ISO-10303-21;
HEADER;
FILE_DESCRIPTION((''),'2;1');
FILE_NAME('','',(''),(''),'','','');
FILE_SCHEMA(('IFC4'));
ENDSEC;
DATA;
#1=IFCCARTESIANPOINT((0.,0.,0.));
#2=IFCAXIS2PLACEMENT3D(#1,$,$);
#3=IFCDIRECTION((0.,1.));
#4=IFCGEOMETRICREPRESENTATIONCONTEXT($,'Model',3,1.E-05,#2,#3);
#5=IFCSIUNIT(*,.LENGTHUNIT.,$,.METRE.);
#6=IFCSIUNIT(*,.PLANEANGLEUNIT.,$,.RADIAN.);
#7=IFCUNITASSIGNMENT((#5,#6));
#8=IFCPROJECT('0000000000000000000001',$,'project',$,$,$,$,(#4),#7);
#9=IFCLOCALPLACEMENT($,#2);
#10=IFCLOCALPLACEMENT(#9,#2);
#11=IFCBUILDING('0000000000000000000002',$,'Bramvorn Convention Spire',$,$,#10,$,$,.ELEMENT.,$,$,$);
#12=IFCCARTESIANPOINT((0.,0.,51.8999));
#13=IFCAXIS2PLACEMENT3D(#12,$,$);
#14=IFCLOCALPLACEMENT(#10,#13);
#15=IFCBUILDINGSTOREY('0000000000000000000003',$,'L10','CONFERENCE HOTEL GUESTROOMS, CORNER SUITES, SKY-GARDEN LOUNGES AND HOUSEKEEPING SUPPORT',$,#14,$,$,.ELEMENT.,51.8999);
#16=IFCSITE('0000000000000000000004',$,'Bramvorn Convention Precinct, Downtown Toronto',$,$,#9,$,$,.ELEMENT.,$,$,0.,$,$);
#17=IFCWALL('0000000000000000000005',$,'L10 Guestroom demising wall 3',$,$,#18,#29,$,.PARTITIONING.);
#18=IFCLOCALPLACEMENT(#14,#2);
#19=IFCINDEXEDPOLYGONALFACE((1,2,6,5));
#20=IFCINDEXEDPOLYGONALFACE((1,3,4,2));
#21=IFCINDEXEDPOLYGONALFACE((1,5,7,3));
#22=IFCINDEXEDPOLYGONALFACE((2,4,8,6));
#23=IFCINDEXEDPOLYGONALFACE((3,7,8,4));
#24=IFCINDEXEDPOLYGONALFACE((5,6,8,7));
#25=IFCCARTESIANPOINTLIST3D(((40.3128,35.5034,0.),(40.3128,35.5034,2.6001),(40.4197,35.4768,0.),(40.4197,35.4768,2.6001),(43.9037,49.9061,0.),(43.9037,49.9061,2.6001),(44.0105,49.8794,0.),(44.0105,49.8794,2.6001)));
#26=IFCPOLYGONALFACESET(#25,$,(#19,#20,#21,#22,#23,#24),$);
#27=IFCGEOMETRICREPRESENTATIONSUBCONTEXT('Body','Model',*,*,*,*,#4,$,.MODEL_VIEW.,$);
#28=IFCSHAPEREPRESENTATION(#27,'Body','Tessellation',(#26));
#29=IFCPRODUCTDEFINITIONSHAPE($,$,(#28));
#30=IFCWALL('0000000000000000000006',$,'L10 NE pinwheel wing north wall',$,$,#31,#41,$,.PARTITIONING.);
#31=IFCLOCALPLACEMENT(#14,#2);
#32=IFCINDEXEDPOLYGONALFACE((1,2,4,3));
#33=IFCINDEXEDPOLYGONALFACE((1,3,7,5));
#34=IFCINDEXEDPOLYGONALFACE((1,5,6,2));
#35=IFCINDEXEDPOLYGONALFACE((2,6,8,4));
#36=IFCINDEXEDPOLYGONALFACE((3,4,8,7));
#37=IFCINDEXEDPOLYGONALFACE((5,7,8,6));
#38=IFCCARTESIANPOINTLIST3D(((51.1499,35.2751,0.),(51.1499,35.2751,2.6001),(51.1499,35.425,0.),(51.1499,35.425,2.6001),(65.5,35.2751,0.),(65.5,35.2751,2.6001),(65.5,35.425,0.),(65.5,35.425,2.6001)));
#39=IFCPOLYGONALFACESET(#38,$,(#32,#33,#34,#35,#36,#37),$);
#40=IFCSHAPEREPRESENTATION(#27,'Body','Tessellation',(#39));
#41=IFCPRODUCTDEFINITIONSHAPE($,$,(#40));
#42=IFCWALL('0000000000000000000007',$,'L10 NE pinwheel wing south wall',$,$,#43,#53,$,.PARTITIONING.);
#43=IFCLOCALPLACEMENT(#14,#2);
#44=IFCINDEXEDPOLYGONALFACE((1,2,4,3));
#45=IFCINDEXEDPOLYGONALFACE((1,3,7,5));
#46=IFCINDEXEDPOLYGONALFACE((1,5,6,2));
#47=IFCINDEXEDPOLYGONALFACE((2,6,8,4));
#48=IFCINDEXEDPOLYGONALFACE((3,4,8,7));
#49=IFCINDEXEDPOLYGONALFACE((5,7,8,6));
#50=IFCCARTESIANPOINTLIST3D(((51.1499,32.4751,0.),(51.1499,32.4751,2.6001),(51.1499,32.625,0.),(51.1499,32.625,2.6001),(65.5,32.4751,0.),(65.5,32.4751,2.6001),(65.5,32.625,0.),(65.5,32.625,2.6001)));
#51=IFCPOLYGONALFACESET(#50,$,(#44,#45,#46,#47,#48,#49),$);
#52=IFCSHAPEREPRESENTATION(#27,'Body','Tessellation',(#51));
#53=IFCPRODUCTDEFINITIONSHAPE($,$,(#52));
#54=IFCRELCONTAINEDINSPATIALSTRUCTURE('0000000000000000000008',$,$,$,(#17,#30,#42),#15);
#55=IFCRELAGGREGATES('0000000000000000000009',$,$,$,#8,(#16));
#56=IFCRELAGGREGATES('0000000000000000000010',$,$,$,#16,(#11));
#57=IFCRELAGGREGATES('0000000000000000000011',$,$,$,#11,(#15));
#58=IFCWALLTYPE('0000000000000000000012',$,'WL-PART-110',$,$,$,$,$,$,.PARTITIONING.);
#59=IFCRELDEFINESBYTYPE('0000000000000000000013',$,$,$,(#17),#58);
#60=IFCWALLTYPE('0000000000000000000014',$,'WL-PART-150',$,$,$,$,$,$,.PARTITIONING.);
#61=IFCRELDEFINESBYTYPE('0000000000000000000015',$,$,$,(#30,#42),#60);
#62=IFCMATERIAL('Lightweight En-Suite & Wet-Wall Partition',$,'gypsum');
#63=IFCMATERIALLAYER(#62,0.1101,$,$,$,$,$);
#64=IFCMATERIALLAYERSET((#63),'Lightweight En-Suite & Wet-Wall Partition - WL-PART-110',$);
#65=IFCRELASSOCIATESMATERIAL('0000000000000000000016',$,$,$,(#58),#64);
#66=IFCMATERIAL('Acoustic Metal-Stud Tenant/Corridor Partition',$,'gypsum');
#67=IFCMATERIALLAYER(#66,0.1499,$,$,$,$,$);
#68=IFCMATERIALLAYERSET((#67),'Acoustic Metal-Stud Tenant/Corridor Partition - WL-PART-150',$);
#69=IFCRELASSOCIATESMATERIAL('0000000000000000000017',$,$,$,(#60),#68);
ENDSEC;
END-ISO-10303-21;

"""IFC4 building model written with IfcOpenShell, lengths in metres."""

from ifc_helpers import new_model, si_unit, direction, frame, frame_2d, origin, place, context, subcontext, project, spatial, rectangle, extrude, material, layer, layer_set, type_object, element, save


model = new_model("IFC4")

# Units and contexts
model_context = context("Model", 3, precision=1e-05, world=origin(), true_north=direction((0.0, 1.0)))
body_context = subcontext(model_context, "Body", "Model", "MODEL_VIEW")
ifc_project = project(units=[si_unit("LENGTHUNIT", "METRE"), si_unit("PLANEANGLEUNIT", "RADIAN")], contexts=[model_context])

# Site, building, storey
site_placement = place(None, origin())
site = spatial("IfcSite", under=ifc_project, at=site_placement, Name="Bramvorn Convention Precinct, Downtown Toronto", CompositionType="ELEMENT", RefElevation=0.0)
building_placement = place(site_placement, origin())
building = spatial("IfcBuilding", under=site, at=building_placement, Name="Bramvorn Convention Spire", CompositionType="ELEMENT")
storey_placement = place(building_placement, frame((0.0, 0.0, 51.8999)))
storey = spatial("IfcBuildingStorey", under=building, at=storey_placement, Name="L10", Description="CONFERENCE HOTEL GUESTROOMS, CORNER SUITES, SKY-GARDEN LOUNGES AND HOUSEKEEPING SUPPORT", CompositionType="ELEMENT", Elevation=51.8999)

# Walls
ifc_material_1 = material(Name="Lightweight En-Suite & Wet-Wall Partition", Category="gypsum")
ifc_layer_1 = layer(ifc_material_1, 0.1101)
ifc_layer_set_1 = layer_set([ifc_layer_1], Name="Lightweight En-Suite & Wet-Wall Partition - WL-PART-110")
wall_type_1 = type_object("IfcWallType", Name="WL-PART-110", PredefinedType="PARTITIONING", material=ifc_layer_set_1)
wall_1_placement = place(storey_placement, frame((40.3662, 35.49, 0.0), z_axis=(0.0, 0.0, 1.0), x_axis=(0.241912, 0.970298, 0.0)))
element("IfcWall", 1, at=wall_1_placement, inside=storey, type_object=wall_type_1, Name="L10 Guestroom demising wall 3", PredefinedType="PARTITIONING", context=body_context, shape_type="SweptSolid", body=[
    extrude(rectangle(XDim=14.8435, YDim=0.1101, at=frame_2d((7.4219, 0.0))), origin(), (0.0, 0.0, 1.0), 2.6001),
])
ifc_material_2 = material(Name="Acoustic Metal-Stud Tenant/Corridor Partition", Category="gypsum")
ifc_layer_2 = layer(ifc_material_2, 0.1499)
ifc_layer_set_2 = layer_set([ifc_layer_2], Name="Acoustic Metal-Stud Tenant/Corridor Partition - WL-PART-150")
wall_type_2 = type_object("IfcWallType", Name="WL-PART-150", PredefinedType="PARTITIONING", material=ifc_layer_set_2)
for number, where, z_axis, x_axis, name in (
    (2, (51.1499, 35.3501, 0.0), (0.0, 0.0, 1.0), (1.0, 0.0, 0.0), "L10 NE pinwheel wing north wall"),
    (3, (51.1499, 32.55, 0.0), (0.0, 0.0, 1.0), (1.0, 0.0, 0.0), "L10 NE pinwheel wing south wall"),
):
    element("IfcWall", number, at=place(storey_placement, frame(where, z_axis=z_axis, x_axis=x_axis)), inside=storey, type_object=wall_type_2, Name=name, PredefinedType="PARTITIONING", context=body_context, shape_type="SweptSolid", body=[
        extrude(rectangle(XDim=14.3501, YDim=0.1499, at=frame_2d((7.175, 0.0))), origin(), (0.0, 0.0, 1.0), 2.6001),
    ])

save(model, "model.ifc")
